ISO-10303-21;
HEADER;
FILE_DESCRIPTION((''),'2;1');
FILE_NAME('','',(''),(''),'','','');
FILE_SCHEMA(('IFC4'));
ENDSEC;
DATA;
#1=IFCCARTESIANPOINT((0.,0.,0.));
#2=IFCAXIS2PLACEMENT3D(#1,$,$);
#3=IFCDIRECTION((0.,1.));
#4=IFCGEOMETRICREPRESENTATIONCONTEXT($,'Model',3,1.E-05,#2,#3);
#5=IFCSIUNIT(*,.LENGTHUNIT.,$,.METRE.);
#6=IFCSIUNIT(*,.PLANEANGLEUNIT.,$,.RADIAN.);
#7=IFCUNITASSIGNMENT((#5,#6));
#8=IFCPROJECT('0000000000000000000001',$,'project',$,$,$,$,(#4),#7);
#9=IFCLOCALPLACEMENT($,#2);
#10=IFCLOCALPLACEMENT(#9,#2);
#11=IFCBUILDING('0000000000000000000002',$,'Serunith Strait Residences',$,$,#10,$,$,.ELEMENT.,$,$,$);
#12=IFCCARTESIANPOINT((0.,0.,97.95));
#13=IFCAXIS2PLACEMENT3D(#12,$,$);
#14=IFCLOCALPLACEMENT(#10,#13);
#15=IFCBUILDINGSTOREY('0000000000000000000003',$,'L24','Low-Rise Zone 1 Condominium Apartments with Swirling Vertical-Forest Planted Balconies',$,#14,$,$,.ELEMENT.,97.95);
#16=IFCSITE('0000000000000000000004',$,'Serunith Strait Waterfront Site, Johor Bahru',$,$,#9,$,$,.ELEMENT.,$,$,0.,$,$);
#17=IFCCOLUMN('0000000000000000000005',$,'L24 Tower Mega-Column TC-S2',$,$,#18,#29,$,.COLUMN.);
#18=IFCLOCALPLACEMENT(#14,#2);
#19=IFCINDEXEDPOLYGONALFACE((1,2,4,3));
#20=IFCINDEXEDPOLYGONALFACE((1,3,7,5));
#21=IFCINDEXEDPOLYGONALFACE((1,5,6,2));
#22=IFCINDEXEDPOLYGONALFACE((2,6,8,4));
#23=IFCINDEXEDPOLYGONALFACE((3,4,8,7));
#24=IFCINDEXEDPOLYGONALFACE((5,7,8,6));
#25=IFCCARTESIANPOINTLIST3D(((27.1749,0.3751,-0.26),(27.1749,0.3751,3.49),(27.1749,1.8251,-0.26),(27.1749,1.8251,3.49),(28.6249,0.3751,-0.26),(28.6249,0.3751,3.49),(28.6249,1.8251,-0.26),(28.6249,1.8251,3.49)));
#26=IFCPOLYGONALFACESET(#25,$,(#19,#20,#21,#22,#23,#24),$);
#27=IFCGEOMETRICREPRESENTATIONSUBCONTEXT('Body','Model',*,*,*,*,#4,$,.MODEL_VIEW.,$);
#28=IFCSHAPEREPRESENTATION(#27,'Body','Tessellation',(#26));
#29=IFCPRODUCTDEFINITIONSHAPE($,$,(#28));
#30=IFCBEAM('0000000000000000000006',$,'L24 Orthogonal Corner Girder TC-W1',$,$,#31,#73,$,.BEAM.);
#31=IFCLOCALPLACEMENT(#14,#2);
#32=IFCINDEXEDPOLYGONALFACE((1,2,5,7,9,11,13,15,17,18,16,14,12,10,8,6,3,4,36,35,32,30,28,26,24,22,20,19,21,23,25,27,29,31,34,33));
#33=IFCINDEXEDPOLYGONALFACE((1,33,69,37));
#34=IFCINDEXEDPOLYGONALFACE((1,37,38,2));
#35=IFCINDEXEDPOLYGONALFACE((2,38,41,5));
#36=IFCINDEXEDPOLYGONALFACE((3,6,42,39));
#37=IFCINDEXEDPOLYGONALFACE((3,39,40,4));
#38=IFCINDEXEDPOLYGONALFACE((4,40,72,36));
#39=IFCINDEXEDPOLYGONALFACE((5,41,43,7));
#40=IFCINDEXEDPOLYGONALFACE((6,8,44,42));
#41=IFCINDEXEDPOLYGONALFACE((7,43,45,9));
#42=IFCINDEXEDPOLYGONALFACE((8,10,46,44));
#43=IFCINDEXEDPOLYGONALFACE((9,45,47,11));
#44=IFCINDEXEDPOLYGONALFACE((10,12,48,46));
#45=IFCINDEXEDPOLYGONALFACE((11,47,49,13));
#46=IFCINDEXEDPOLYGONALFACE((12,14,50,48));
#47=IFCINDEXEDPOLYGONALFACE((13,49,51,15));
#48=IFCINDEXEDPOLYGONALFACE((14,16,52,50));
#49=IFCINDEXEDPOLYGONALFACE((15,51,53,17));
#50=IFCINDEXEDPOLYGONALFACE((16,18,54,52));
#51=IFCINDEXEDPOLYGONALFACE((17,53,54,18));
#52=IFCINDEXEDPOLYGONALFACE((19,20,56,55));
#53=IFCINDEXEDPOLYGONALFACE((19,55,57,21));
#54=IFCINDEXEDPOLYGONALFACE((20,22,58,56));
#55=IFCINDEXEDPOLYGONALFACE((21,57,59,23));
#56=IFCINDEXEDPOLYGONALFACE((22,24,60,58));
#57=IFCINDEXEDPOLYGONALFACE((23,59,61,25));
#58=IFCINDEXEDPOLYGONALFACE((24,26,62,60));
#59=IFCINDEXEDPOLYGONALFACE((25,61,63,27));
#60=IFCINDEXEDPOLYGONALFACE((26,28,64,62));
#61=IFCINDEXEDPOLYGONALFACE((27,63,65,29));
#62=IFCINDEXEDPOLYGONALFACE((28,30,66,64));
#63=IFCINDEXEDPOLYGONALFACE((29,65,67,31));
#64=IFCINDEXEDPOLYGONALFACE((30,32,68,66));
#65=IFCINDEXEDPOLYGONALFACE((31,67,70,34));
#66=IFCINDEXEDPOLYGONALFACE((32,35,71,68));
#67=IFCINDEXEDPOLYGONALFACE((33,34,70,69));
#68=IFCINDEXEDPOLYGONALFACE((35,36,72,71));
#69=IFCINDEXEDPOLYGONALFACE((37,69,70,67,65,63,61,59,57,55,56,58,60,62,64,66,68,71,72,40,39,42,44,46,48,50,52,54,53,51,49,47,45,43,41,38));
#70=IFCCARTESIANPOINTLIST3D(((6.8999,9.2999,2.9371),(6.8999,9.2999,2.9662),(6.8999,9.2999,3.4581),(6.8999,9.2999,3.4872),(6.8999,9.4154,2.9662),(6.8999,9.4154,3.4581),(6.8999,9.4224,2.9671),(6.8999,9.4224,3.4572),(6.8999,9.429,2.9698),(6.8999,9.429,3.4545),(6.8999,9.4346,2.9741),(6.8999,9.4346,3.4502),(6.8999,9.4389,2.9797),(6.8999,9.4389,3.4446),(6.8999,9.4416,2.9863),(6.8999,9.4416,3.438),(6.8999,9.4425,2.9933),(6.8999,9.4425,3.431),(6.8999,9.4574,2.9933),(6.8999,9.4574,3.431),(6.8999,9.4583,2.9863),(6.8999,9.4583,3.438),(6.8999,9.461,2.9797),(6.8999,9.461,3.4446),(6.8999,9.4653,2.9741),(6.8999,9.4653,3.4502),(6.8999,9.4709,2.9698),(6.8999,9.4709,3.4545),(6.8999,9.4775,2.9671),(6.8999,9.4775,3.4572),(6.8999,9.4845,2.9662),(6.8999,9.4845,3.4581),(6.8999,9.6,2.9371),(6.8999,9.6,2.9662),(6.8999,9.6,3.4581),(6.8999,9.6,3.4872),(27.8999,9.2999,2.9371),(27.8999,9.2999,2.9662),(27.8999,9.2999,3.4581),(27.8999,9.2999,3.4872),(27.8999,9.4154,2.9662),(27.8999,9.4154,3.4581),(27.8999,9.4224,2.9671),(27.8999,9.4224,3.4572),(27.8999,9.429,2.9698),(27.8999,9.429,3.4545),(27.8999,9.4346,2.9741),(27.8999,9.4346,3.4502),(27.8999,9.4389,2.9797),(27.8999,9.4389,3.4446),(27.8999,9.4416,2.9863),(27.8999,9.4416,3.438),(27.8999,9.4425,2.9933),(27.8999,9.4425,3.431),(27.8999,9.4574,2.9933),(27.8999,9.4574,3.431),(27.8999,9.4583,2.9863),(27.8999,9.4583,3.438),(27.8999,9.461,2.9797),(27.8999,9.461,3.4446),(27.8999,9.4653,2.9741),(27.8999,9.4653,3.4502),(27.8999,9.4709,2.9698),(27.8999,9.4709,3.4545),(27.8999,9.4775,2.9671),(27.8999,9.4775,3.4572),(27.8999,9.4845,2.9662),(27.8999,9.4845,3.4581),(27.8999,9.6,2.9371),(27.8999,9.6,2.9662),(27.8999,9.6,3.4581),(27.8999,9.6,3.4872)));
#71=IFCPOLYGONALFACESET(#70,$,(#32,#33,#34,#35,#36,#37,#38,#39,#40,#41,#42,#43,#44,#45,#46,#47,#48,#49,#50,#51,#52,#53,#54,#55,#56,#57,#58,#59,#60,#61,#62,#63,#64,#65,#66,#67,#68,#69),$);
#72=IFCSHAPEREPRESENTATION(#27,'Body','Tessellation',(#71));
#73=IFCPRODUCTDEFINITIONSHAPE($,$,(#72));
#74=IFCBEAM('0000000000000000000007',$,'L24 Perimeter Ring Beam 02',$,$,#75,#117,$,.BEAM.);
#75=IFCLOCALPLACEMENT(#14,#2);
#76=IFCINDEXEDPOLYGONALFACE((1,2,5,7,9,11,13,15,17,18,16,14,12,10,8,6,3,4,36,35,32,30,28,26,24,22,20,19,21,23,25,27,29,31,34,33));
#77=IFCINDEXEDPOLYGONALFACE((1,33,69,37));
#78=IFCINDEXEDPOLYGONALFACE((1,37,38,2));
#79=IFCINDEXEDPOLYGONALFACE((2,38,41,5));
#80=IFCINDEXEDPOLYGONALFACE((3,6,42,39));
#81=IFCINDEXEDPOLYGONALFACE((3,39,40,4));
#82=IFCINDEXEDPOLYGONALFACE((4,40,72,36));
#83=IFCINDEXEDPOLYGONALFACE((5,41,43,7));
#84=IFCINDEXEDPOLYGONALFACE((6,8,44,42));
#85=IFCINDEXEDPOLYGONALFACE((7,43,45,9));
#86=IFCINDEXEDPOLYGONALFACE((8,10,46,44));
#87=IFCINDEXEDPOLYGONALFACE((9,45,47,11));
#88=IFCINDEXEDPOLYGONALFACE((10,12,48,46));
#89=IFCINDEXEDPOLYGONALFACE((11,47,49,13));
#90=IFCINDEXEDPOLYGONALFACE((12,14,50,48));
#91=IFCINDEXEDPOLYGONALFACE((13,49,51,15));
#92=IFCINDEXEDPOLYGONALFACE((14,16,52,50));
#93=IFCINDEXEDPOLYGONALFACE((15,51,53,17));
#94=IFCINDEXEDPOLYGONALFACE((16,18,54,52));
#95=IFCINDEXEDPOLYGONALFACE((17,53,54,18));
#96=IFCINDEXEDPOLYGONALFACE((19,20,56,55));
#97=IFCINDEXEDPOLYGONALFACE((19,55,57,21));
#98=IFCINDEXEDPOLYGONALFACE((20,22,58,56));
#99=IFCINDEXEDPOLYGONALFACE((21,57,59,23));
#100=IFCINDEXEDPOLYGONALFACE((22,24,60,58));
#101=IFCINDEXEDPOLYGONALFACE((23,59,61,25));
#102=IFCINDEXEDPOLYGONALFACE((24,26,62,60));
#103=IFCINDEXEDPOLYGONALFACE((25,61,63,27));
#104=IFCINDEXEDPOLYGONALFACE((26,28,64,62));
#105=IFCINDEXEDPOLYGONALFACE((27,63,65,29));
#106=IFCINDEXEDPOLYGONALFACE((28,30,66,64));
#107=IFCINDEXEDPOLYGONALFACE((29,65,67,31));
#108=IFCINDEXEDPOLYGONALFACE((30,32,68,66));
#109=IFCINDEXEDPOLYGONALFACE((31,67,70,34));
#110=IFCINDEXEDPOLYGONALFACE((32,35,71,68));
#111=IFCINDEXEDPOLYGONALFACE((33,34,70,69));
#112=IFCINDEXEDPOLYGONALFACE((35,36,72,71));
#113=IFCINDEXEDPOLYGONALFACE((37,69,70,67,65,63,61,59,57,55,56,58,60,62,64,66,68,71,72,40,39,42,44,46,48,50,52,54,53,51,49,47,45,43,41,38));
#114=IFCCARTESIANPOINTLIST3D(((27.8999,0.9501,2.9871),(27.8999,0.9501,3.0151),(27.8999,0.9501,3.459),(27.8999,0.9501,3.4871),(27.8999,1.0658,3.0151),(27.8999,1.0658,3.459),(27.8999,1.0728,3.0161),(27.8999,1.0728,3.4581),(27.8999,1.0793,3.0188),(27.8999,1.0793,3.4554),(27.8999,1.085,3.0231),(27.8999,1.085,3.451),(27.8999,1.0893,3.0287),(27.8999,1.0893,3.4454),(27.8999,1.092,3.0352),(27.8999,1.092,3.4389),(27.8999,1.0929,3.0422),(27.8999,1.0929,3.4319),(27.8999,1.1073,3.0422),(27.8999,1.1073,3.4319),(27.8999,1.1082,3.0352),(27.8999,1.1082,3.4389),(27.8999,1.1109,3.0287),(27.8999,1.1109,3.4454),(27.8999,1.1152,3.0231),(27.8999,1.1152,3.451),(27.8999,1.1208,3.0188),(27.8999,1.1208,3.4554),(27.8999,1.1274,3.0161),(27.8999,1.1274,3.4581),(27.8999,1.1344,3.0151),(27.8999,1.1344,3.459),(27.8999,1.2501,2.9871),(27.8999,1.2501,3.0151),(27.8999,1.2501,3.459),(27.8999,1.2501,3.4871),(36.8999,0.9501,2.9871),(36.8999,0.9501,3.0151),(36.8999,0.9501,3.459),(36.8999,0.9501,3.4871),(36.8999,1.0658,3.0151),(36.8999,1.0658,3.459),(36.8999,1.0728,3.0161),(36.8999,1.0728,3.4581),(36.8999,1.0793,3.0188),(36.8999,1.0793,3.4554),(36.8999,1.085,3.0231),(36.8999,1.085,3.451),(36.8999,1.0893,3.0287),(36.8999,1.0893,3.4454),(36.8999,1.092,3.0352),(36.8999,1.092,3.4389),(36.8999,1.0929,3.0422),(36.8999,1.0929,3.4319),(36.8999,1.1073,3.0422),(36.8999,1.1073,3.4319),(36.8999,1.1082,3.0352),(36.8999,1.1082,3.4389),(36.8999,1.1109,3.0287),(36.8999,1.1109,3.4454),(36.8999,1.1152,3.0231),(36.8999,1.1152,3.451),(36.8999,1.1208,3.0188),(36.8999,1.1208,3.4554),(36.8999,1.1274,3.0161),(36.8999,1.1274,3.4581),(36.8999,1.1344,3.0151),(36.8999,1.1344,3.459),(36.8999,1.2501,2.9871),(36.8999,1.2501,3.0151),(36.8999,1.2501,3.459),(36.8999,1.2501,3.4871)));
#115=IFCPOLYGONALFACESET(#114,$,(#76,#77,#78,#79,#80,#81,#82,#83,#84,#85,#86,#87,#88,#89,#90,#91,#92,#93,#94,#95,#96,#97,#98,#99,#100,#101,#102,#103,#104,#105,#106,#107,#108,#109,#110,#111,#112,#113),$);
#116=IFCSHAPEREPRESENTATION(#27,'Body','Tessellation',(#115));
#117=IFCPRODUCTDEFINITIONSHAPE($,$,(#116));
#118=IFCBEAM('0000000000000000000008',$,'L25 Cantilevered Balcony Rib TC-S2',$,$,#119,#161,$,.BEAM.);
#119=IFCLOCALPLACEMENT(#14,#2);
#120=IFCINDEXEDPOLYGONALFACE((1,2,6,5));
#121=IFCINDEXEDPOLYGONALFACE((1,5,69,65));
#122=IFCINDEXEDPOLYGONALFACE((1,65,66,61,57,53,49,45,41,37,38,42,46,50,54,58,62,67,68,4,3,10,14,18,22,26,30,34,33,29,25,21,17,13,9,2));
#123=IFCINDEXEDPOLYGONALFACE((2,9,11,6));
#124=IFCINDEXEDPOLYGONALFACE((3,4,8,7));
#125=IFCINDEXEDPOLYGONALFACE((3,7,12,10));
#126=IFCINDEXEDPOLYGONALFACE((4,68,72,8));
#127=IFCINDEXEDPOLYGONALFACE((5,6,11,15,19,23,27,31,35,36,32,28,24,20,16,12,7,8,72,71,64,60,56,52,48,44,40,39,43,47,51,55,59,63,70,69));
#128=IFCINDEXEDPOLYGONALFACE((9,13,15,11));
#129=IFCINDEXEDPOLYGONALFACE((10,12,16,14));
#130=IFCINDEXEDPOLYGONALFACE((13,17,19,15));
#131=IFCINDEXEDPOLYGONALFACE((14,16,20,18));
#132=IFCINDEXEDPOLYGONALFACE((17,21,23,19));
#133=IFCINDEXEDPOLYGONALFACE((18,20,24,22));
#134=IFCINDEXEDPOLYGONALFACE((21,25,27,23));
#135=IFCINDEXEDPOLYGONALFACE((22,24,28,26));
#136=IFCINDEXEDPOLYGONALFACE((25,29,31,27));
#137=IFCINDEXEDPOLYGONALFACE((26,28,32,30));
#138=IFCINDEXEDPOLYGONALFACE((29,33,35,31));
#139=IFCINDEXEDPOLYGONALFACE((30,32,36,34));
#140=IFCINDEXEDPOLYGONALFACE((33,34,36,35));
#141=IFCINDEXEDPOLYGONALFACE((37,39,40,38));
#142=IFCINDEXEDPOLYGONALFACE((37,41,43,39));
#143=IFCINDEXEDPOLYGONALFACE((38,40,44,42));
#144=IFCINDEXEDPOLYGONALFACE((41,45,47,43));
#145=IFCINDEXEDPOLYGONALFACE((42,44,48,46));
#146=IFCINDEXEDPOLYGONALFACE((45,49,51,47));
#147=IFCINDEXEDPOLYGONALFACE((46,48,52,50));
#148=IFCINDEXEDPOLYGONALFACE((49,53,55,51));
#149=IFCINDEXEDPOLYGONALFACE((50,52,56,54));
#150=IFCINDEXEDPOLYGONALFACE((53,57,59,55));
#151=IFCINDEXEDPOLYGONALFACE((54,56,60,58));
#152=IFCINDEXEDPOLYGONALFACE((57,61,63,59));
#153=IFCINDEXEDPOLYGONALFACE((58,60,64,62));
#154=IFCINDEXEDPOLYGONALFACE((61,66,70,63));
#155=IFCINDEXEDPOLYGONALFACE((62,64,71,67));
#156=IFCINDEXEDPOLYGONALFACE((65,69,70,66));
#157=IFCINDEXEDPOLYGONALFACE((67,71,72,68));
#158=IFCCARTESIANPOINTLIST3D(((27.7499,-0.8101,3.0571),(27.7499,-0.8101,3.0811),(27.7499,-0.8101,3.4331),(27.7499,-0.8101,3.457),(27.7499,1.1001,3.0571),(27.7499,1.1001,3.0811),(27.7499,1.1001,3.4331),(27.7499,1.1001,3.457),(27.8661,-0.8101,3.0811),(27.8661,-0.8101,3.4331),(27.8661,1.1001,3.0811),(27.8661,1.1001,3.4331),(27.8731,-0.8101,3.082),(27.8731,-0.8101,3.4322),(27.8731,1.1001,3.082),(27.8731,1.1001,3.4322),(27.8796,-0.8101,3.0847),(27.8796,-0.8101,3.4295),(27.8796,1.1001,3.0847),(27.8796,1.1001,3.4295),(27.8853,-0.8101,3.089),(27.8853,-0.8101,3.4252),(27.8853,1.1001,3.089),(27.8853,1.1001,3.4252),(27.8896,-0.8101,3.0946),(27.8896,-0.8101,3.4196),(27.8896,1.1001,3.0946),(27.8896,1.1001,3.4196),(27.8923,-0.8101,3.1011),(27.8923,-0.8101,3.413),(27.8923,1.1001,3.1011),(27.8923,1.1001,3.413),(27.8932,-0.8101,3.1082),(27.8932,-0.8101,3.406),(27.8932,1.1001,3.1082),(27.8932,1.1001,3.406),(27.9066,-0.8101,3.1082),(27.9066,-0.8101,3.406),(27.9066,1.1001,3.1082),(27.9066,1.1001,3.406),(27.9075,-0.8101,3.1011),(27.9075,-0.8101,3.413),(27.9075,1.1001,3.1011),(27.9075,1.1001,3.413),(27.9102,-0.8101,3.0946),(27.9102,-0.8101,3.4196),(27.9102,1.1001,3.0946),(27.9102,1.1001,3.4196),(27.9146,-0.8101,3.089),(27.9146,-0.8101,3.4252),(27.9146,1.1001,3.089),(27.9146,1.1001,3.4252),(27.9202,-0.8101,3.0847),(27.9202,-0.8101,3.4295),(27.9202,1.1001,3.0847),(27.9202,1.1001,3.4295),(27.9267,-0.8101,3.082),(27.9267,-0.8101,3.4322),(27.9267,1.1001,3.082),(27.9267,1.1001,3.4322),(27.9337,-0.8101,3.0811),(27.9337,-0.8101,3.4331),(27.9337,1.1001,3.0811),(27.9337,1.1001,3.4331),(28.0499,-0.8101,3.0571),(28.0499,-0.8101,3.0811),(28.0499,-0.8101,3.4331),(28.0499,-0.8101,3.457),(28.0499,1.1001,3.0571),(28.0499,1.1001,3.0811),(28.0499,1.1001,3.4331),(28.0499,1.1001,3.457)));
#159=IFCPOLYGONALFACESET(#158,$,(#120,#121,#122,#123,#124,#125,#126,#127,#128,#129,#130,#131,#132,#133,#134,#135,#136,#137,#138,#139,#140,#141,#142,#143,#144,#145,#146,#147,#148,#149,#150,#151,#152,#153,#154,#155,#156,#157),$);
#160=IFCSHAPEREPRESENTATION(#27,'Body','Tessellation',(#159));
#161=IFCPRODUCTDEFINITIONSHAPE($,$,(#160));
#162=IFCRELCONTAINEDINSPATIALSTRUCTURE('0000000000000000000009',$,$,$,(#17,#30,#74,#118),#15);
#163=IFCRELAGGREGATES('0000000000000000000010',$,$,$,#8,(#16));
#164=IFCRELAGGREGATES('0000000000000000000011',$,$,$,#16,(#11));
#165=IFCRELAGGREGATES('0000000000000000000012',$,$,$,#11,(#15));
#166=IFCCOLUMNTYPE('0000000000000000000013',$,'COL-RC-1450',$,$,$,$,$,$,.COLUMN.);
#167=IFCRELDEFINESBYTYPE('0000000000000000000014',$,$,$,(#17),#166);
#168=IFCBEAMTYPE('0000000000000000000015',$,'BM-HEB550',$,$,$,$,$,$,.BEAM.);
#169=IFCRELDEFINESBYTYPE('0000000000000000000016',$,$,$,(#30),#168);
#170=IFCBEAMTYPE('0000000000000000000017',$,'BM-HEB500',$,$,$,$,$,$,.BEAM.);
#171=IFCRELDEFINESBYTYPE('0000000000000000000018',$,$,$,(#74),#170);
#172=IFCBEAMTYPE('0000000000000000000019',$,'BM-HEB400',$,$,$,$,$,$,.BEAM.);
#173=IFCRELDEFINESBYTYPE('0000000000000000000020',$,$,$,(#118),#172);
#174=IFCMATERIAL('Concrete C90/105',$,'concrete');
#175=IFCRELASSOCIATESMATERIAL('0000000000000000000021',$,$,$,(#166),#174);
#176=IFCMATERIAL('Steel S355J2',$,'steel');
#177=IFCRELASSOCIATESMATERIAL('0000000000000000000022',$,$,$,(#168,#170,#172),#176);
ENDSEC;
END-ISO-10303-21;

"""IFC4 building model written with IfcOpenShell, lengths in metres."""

from ifc_helpers import new_model, si_unit, direction, frame, origin, origin_2d, place, context, subcontext, project, spatial, rectangle, i_section, extrude, source, transform, mapped, material, material_profile, profile_set, type_object, element, save


model = new_model("IFC4")

# Units and contexts
model_context = context("Model", 3, precision=1e-05, world=origin(), true_north=direction((0.0, 1.0)))
body_context = subcontext(model_context, "Body", "Model", "MODEL_VIEW")
ifc_project = project(units=[si_unit("LENGTHUNIT", "METRE"), si_unit("PLANEANGLEUNIT", "RADIAN")], contexts=[model_context])

# Site, building, storey
site_placement = place(None, origin())
site = spatial("IfcSite", under=ifc_project, at=site_placement, Name="Serunith Strait Waterfront Site, Johor Bahru", CompositionType="ELEMENT", RefElevation=0.0)
building_placement = place(site_placement, origin())
building = spatial("IfcBuilding", under=site, at=building_placement, Name="Serunith Strait Residences", CompositionType="ELEMENT")
storey_placement = place(building_placement, frame((0.0, 0.0, 97.95)))
storey = spatial("IfcBuildingStorey", under=building, at=storey_placement, Name="L24", Description="Low-Rise Zone 1 Condominium Apartments with Swirling Vertical-Forest Planted Balconies", CompositionType="ELEMENT", Elevation=97.95)

# Column
ifc_material_1 = material(Name="Concrete C90/105", Category="concrete")
ifc_material_profile_1 = material_profile(ifc_material_1, rectangle(XDim=1.45, YDim=1.45, at=origin_2d()), Name="RC 1450x1450")
ifc_profile_set_1 = profile_set([ifc_material_profile_1], Name="Concrete C90/105")
column_type = type_object("IfcColumnType", Name="COL-RC-1450", PredefinedType="COLUMN", material=ifc_profile_set_1)
shared_shape_1 = source(origin(), body_context, "Body", "SweptSolid", [
    extrude(rectangle(XDim=1.45, YDim=1.45, at=origin_2d()), origin(), (0.0, 0.0, 1.0), 3.75),
])
column_placement = place(storey_placement, frame((27.8999, 1.1001, -0.26), z_axis=(0.0, 0.0, 1.0), x_axis=(1.0, 0.0, 0.0)))
element("IfcColumn", 1, at=column_placement, inside=storey, type_object=column_type, Name="L24 Tower Mega-Column TC-S2", PredefinedType="COLUMN", context=body_context, shape_type="MappedRepresentation", body=[
    mapped(shared_shape_1, transform((0.0, 0.0, 0.0), scale=1.0)),
])

# Beams
ifc_material_2 = material(Name="Steel S355J2", Category="steel")
ifc_material_profile_2 = material_profile(ifc_material_2, i_section(OverallWidth=0.3, OverallDepth=0.55, WebThickness=0.0149, FlangeThickness=0.0291, FilletRadius=0.0271, at=origin_2d()), Name="HEB 550")
ifc_profile_set_2 = profile_set([ifc_material_profile_2], Name="Steel S355J2")
beam_type_1 = type_object("IfcBeamType", Name="BM-HEB550", PredefinedType="BEAM", material=ifc_profile_set_2)
shared_shape_2 = source(origin(), body_context, "Body", "SweptSolid", [
    extrude(i_section(OverallWidth=0.3, OverallDepth=0.55, WebThickness=0.0149, FlangeThickness=0.0291, FilletRadius=0.0271, at=origin_2d()), origin(), (0.0, 0.0, 1.0), 21.0),
])
beam_1_placement = place(storey_placement, frame((27.8999, 9.45, 3.2122), z_axis=(-1.0, 0.0, 0.0), x_axis=(0.0, -1.0, 0.0)))
element("IfcBeam", 2, at=beam_1_placement, inside=storey, type_object=beam_type_1, Name="L24 Orthogonal Corner Girder TC-W1", PredefinedType="BEAM", context=body_context, shape_type="MappedRepresentation", body=[
    mapped(shared_shape_2, transform((0.0, 0.0, 0.0), scale=1.0)),
])
ifc_material_profile_3 = material_profile(ifc_material_2, i_section(OverallWidth=0.3, OverallDepth=0.5, WebThickness=0.0144, FlangeThickness=0.0281, FilletRadius=0.0271, at=origin_2d()), Name="HEB 500")
ifc_profile_set_3 = profile_set([ifc_material_profile_3], Name="Steel S355J2")
beam_type_2 = type_object("IfcBeamType", Name="BM-HEB500", PredefinedType="BEAM", material=ifc_profile_set_3)
shared_shape_3 = source(origin(), body_context, "Body", "SweptSolid", [
    extrude(i_section(OverallWidth=0.3, OverallDepth=0.5, WebThickness=0.0144, FlangeThickness=0.0281, FilletRadius=0.0271, at=origin_2d()), origin(), (0.0, 0.0, 1.0), 9.0),
])
beam_2_placement = place(storey_placement, frame((27.8999, 1.1001, 3.2371), z_axis=(1.0, 0.0, 0.0), x_axis=(0.0, 1.0, 0.0)))
element("IfcBeam", 3, at=beam_2_placement, inside=storey, type_object=beam_type_2, Name="L24 Perimeter Ring Beam 02", PredefinedType="BEAM", context=body_context, shape_type="MappedRepresentation", body=[
    mapped(shared_shape_3, transform((0.0, 0.0, 0.0), scale=1.0)),
])
ifc_material_profile_4 = material_profile(ifc_material_2, i_section(OverallWidth=0.3, OverallDepth=0.3999, WebThickness=0.0134, FlangeThickness=0.0239, FilletRadius=0.0271, at=origin_2d()), Name="HEB 400")
ifc_profile_set_4 = profile_set([ifc_material_profile_4], Name="Steel S355J2")
beam_type_3 = type_object("IfcBeamType", Name="BM-HEB400", PredefinedType="BEAM", material=ifc_profile_set_4)
shared_shape_4 = source(origin(), body_context, "Body", "SweptSolid", [
    extrude(i_section(OverallWidth=0.3, OverallDepth=0.3999, WebThickness=0.0134, FlangeThickness=0.0239, FilletRadius=0.0271, at=origin_2d()), origin(), (0.0, 0.0, 1.0), 1.9102),
])
beam_3_placement = place(storey_placement, frame((27.8999, 1.1001, 3.2571), z_axis=(0.0, -1.0, 0.0), x_axis=(1.0, 0.0, 0.0)))
element("IfcBeam", 4, at=beam_3_placement, inside=storey, type_object=beam_type_3, Name="L25 Cantilevered Balcony Rib TC-S2", PredefinedType="BEAM", context=body_context, shape_type="MappedRepresentation", body=[
    mapped(shared_shape_4, transform((0.0, 0.0, 0.0), scale=1.0)),
])

save(model, "model.ifc")
